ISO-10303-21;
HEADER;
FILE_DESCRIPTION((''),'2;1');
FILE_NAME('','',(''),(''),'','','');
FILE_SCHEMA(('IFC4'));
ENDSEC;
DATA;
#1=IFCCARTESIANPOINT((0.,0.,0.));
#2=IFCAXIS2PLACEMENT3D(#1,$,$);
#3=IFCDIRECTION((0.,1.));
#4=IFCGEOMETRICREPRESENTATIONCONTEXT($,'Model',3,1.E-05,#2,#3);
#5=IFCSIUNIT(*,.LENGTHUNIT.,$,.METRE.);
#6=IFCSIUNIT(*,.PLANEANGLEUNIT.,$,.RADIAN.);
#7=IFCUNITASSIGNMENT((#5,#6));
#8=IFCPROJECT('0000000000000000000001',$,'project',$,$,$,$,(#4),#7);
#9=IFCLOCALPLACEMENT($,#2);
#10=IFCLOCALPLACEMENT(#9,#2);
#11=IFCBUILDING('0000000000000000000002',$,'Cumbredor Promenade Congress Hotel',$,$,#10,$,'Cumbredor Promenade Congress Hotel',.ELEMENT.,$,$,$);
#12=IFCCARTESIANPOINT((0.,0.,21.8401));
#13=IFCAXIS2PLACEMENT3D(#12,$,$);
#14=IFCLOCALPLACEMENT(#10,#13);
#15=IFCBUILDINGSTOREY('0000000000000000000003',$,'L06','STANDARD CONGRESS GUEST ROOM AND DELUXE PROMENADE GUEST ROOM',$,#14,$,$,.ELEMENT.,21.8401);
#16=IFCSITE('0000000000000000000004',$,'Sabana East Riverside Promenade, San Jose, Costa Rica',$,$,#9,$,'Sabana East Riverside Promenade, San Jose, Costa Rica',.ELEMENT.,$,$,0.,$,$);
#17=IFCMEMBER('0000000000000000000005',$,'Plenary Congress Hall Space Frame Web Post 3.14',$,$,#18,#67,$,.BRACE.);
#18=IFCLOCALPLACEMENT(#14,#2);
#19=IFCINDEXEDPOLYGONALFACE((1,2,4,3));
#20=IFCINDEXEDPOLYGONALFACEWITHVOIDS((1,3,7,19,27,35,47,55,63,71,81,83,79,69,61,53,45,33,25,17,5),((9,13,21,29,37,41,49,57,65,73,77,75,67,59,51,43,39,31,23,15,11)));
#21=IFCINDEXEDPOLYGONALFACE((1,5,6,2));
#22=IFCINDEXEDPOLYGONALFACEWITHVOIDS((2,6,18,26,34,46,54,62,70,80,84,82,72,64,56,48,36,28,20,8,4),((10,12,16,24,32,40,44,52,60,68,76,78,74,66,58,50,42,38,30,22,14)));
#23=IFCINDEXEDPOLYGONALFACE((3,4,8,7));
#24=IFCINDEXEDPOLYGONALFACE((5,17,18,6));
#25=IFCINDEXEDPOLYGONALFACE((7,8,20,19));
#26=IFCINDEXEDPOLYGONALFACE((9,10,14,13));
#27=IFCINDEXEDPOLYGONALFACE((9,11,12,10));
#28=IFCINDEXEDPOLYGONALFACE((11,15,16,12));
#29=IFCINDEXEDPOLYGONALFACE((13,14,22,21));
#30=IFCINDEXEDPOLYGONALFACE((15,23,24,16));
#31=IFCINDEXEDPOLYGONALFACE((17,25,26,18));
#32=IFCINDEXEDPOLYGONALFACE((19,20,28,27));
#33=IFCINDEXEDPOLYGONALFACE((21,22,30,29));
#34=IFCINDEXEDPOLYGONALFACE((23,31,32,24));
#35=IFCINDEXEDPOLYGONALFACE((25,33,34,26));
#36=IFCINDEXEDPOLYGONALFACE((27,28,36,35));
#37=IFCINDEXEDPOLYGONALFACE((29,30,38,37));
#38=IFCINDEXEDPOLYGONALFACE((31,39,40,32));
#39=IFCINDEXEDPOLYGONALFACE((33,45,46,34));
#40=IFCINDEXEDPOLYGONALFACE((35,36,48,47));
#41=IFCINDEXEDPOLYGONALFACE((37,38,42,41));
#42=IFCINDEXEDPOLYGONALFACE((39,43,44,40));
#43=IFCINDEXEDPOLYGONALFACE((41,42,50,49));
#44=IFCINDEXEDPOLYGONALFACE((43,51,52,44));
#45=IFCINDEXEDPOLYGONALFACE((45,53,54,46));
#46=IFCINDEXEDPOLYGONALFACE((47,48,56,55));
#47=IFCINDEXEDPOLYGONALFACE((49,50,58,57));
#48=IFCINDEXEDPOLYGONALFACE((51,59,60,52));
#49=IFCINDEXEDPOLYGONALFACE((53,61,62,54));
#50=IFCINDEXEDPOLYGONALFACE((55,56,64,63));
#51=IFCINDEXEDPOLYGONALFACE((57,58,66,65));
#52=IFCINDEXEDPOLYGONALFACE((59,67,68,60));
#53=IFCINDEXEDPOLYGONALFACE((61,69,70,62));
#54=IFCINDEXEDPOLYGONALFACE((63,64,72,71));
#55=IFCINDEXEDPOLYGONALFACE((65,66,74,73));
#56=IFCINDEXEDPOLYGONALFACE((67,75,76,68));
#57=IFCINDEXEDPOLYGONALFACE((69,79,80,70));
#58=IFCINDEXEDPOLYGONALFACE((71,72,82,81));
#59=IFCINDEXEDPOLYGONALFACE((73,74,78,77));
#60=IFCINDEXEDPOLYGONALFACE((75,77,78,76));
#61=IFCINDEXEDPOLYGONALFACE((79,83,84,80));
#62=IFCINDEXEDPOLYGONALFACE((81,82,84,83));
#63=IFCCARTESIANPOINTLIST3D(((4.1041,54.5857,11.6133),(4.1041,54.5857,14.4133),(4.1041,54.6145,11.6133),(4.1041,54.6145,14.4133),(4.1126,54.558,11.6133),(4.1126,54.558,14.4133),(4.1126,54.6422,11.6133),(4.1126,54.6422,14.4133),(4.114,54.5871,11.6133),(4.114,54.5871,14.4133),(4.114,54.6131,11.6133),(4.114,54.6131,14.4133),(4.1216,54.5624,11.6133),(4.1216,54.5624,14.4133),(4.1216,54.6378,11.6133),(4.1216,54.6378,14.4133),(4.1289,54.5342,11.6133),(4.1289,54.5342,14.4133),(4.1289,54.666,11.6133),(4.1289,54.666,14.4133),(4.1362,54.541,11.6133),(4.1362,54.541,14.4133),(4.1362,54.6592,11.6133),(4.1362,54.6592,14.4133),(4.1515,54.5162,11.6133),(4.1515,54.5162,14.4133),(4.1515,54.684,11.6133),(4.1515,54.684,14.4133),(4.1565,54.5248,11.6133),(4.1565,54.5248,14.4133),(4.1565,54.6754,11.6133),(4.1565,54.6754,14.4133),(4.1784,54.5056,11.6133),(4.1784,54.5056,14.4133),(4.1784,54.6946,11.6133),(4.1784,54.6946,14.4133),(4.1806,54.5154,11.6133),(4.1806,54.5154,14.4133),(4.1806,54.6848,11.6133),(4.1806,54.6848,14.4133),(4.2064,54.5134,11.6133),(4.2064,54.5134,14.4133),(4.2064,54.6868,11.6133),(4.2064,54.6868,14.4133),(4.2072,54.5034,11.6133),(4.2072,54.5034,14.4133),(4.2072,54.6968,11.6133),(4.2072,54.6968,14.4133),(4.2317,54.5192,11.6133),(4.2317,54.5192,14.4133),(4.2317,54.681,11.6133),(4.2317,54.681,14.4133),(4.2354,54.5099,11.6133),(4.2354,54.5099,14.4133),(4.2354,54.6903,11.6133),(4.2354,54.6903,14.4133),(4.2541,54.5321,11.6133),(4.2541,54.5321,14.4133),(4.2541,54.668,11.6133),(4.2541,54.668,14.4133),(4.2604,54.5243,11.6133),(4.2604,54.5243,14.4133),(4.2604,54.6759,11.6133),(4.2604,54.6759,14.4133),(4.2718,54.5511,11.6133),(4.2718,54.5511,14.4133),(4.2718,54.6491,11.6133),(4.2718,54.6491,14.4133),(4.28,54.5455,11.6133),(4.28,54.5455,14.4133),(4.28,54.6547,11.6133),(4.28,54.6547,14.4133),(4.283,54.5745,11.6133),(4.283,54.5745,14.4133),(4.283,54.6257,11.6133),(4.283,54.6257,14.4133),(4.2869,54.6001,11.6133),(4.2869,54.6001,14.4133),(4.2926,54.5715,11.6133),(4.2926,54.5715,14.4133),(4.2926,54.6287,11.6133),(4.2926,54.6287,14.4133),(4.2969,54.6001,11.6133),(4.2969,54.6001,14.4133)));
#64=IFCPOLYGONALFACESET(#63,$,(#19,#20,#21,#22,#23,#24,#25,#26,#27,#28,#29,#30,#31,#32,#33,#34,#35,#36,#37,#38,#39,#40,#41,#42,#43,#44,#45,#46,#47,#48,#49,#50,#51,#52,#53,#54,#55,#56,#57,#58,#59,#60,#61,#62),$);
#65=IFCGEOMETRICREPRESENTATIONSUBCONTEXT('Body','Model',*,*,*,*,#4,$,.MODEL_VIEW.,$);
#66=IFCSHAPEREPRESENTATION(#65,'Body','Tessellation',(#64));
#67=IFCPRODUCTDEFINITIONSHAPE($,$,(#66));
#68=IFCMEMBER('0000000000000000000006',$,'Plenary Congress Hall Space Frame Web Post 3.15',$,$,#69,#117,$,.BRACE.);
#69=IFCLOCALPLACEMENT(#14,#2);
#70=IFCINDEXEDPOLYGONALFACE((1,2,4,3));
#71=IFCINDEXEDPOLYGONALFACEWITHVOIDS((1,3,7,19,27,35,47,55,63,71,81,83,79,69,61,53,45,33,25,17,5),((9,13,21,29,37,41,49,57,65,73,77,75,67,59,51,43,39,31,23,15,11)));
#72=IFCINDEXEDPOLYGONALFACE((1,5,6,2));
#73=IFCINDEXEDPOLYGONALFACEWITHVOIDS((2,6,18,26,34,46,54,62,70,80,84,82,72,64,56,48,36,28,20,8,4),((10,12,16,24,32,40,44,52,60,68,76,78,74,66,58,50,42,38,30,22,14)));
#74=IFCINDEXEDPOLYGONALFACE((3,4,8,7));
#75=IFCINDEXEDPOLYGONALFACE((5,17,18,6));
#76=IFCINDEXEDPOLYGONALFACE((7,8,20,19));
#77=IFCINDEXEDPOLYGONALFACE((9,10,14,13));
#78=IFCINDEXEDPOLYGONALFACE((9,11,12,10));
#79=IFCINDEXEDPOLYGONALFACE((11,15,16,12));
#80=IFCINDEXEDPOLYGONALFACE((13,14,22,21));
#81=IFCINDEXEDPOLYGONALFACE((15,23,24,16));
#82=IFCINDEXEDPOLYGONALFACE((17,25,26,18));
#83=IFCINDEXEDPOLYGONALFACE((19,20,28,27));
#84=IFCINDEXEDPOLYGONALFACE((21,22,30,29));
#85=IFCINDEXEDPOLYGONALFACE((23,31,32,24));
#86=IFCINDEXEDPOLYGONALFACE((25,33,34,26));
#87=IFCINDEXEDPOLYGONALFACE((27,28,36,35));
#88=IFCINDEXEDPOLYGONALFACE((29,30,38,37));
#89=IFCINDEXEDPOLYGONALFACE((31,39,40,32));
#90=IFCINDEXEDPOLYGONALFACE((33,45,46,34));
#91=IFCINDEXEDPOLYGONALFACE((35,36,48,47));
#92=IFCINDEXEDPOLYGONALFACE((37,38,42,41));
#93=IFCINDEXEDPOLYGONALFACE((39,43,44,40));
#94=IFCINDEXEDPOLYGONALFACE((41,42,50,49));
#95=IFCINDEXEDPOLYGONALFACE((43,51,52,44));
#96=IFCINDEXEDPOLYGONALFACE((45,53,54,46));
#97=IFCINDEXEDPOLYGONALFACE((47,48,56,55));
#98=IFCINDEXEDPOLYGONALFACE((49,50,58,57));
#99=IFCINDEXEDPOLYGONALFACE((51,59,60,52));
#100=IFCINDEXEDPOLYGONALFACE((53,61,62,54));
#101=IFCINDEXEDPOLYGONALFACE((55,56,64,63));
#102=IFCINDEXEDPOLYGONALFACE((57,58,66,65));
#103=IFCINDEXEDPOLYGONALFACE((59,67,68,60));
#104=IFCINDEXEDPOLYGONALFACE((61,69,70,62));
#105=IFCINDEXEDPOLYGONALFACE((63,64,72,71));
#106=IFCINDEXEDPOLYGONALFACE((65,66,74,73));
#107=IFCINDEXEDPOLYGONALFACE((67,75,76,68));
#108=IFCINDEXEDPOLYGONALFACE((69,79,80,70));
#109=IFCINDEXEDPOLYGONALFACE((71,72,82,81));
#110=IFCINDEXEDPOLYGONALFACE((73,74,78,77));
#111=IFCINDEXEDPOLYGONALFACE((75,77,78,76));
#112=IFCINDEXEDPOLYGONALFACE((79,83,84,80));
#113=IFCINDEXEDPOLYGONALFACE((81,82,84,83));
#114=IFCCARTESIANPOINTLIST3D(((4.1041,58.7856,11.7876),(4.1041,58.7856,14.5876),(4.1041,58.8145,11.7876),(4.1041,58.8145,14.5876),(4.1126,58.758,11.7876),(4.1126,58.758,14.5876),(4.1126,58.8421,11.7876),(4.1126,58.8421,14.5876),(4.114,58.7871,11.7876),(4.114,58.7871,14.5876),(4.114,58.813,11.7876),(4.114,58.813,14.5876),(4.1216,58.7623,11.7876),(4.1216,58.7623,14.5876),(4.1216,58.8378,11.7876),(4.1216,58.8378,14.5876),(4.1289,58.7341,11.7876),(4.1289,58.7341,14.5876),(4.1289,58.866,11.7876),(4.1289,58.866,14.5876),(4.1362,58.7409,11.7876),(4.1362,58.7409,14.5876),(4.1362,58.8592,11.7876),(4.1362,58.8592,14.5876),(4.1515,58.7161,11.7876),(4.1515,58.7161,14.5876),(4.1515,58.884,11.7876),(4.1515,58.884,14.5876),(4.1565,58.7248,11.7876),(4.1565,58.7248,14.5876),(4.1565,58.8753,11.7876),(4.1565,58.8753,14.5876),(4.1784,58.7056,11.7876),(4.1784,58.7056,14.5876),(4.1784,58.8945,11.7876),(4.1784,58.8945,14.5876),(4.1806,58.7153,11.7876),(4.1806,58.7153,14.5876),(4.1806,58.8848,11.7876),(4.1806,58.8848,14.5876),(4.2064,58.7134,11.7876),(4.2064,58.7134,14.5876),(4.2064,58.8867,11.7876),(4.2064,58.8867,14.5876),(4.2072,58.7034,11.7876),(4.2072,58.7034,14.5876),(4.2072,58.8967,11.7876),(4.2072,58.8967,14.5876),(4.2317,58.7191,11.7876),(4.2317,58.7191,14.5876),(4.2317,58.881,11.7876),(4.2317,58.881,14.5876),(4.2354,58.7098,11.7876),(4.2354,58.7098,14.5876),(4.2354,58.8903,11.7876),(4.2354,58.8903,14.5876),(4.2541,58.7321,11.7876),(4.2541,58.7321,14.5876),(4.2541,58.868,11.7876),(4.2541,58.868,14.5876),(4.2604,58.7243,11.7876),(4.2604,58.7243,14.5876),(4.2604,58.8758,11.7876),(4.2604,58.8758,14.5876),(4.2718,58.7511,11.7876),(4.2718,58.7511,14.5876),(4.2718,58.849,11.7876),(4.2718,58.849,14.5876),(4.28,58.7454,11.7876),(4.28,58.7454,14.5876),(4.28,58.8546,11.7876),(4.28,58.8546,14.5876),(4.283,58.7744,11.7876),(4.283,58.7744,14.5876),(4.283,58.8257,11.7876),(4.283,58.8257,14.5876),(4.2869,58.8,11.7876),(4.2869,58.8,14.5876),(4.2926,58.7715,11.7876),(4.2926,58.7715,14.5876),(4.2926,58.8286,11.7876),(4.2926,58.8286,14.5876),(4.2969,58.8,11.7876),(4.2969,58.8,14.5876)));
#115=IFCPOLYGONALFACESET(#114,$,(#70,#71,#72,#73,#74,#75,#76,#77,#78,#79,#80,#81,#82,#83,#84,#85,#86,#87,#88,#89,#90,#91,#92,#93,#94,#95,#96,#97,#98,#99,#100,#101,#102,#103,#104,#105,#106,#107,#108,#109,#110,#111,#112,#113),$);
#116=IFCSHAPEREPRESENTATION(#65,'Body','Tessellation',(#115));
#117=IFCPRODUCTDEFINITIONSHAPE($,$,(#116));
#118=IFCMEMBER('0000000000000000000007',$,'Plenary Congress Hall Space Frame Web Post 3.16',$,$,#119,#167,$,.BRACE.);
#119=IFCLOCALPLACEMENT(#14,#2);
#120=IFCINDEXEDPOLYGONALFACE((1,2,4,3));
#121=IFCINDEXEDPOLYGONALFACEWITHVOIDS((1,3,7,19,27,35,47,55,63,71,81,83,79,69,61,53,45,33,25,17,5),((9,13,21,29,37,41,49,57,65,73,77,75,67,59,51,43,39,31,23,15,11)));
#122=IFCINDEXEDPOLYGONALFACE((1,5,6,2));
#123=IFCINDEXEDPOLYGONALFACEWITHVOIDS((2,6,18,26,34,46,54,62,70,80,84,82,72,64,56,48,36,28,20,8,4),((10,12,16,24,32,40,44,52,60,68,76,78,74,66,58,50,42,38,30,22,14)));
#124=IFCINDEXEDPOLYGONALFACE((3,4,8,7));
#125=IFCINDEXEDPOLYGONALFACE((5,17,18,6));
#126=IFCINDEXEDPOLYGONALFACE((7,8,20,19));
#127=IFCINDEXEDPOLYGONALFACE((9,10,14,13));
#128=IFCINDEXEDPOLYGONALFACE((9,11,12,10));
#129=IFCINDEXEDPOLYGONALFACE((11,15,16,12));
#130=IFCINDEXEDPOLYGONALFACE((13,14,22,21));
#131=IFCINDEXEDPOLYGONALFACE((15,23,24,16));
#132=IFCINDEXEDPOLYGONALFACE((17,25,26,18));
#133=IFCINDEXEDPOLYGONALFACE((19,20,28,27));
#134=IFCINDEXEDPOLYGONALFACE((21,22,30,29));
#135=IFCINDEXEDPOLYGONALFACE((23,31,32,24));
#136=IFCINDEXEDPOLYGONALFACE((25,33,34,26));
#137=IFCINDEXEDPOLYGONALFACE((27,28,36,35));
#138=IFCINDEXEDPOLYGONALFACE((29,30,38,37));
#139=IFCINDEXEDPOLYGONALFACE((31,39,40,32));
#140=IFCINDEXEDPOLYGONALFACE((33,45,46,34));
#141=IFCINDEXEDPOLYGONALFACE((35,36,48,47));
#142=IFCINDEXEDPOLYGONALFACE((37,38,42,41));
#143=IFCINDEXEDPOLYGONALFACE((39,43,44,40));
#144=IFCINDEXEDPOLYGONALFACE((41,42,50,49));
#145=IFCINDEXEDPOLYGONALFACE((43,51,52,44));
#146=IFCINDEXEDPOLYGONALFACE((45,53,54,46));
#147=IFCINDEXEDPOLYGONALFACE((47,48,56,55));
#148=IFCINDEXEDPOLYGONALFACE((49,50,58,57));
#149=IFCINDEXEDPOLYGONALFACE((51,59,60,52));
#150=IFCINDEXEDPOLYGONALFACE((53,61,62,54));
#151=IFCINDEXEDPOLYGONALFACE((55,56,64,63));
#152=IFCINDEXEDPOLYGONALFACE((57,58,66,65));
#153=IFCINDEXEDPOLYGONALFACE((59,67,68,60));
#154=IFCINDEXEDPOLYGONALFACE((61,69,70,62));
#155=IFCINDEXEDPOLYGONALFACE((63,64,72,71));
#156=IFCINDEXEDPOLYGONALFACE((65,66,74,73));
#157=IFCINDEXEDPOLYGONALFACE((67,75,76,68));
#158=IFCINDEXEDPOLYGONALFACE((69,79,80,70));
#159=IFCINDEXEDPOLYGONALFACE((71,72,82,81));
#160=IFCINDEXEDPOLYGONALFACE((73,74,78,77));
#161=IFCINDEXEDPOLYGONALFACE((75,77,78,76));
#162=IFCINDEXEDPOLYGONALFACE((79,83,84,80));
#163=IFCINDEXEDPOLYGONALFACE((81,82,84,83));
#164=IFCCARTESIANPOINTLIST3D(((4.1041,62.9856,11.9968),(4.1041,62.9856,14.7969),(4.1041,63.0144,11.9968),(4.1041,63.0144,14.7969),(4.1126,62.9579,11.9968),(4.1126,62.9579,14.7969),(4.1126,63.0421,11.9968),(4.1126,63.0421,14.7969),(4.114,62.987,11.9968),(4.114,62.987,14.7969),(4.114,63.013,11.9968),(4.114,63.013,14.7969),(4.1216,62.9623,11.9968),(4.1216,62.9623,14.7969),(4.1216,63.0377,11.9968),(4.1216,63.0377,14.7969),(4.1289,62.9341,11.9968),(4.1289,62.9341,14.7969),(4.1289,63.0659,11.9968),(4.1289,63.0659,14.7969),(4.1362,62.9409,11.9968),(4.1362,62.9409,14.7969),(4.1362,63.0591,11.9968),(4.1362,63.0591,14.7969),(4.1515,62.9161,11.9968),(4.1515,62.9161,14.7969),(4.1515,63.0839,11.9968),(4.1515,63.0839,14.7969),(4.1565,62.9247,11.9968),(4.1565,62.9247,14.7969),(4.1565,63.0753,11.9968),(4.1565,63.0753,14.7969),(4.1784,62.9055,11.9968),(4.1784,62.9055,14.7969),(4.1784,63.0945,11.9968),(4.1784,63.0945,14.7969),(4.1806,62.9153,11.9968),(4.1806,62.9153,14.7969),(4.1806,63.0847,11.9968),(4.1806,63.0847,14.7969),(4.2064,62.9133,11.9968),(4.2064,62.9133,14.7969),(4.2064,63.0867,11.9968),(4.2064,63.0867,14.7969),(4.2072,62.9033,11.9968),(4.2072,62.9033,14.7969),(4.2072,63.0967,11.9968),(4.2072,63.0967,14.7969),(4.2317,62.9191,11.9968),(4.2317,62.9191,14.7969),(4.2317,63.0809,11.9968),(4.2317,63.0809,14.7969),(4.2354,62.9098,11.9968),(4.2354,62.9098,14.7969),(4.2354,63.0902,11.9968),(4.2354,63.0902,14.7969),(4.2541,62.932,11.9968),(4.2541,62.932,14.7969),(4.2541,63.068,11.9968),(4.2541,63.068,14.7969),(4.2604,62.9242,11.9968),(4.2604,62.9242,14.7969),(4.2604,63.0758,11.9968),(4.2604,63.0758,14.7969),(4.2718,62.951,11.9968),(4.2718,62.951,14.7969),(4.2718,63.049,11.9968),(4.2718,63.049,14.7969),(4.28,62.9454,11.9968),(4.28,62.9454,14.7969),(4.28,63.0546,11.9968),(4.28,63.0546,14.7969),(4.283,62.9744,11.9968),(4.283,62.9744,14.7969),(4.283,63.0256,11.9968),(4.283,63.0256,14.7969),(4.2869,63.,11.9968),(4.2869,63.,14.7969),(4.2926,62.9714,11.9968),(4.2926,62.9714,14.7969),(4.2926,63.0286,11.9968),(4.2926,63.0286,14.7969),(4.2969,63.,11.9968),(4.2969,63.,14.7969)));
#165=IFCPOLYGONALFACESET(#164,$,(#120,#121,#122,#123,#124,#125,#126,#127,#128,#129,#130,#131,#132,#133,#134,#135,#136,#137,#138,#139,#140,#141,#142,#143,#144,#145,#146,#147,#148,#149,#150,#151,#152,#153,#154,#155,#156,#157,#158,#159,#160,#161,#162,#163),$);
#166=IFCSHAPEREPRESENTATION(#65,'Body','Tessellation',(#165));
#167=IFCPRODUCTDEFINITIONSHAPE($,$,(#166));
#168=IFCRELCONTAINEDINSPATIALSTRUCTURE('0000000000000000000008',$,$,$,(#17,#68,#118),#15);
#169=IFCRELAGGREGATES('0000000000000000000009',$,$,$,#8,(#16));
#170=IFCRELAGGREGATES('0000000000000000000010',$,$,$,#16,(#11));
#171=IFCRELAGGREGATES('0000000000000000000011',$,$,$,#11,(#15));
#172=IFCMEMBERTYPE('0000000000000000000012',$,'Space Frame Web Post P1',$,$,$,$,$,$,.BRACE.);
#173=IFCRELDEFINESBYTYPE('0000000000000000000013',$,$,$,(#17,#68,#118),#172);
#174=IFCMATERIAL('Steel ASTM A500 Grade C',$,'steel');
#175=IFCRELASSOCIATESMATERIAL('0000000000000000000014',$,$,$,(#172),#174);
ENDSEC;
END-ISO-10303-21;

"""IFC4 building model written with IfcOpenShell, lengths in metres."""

from ifc_helpers import new_model, si_unit, direction, frame, origin, origin_2d, place, context, subcontext, project, spatial, hollow_circle, extrude, material, material_profile, profile_set, type_object, element, save


model = new_model("IFC4")

# Units and contexts
model_context = context("Model", 3, precision=1e-05, world=origin(), true_north=direction((0.0, 1.0)))
body_context = subcontext(model_context, "Body", "Model", "MODEL_VIEW")
ifc_project = project(units=[si_unit("LENGTHUNIT", "METRE"), si_unit("PLANEANGLEUNIT", "RADIAN")], contexts=[model_context])

# Site, building, storey
site_placement = place(None, origin())
site = spatial("IfcSite", under=ifc_project, at=site_placement, Name="Sabana East Riverside Promenade, San Jose, Costa Rica", LongName="Sabana East Riverside Promenade, San Jose, Costa Rica", CompositionType="ELEMENT", RefElevation=0.0)
building_placement = place(site_placement, origin())
building = spatial("IfcBuilding", under=site, at=building_placement, Name="Cumbredor Promenade Congress Hotel", LongName="Cumbredor Promenade Congress Hotel", CompositionType="ELEMENT")
storey_placement = place(building_placement, frame((0.0, 0.0, 21.8401)))
storey = spatial("IfcBuildingStorey", under=building, at=storey_placement, Name="L06", Description="STANDARD CONGRESS GUEST ROOM AND DELUXE PROMENADE GUEST ROOM", CompositionType="ELEMENT", Elevation=21.8401)

# Members
ifc_material_1 = material(Name="Steel ASTM A500 Grade C", Category="steel")
ifc_material_profile_1 = material_profile(ifc_material_1, hollow_circle(Radius=0.0969, WallThickness=0.01, at=origin_2d()), Name="CHS 193.7x10")
ifc_profile_set_1 = profile_set([ifc_material_profile_1], Name="Steel ASTM A500 Grade C")
member_type_1 = type_object("IfcMemberType", Name="Space Frame Web Post P1", PredefinedType="BRACE", material=ifc_profile_set_1)
for number, where, z_axis, x_axis, name in (
    (1, (4.2, 54.6001, 11.6133), (0.0, 0.0, 1.0), (1.0, 0.0, 0.0), "Plenary Congress Hall Space Frame Web Post 3.14"),
    (2, (4.2, 58.8, 11.7876), (0.0, 0.0, 1.0), (1.0, 0.0, 0.0), "Plenary Congress Hall Space Frame Web Post 3.15"),
    (3, (4.2, 63.0, 11.9968), (0.0, 0.0, 1.0), (1.0, 0.0, 0.0), "Plenary Congress Hall Space Frame Web Post 3.16"),
):
    element("IfcMember", number, at=place(storey_placement, frame(where, z_axis=z_axis, x_axis=x_axis)), inside=storey, type_object=member_type_1, Name=name, PredefinedType="BRACE", context=body_context, shape_type="SweptSolid", body=[
        extrude(hollow_circle(Radius=0.0969, WallThickness=0.01, at=origin_2d()), origin(), (0.0, 0.0, 1.0), 2.8),
    ])

save(model, "model.ifc")
